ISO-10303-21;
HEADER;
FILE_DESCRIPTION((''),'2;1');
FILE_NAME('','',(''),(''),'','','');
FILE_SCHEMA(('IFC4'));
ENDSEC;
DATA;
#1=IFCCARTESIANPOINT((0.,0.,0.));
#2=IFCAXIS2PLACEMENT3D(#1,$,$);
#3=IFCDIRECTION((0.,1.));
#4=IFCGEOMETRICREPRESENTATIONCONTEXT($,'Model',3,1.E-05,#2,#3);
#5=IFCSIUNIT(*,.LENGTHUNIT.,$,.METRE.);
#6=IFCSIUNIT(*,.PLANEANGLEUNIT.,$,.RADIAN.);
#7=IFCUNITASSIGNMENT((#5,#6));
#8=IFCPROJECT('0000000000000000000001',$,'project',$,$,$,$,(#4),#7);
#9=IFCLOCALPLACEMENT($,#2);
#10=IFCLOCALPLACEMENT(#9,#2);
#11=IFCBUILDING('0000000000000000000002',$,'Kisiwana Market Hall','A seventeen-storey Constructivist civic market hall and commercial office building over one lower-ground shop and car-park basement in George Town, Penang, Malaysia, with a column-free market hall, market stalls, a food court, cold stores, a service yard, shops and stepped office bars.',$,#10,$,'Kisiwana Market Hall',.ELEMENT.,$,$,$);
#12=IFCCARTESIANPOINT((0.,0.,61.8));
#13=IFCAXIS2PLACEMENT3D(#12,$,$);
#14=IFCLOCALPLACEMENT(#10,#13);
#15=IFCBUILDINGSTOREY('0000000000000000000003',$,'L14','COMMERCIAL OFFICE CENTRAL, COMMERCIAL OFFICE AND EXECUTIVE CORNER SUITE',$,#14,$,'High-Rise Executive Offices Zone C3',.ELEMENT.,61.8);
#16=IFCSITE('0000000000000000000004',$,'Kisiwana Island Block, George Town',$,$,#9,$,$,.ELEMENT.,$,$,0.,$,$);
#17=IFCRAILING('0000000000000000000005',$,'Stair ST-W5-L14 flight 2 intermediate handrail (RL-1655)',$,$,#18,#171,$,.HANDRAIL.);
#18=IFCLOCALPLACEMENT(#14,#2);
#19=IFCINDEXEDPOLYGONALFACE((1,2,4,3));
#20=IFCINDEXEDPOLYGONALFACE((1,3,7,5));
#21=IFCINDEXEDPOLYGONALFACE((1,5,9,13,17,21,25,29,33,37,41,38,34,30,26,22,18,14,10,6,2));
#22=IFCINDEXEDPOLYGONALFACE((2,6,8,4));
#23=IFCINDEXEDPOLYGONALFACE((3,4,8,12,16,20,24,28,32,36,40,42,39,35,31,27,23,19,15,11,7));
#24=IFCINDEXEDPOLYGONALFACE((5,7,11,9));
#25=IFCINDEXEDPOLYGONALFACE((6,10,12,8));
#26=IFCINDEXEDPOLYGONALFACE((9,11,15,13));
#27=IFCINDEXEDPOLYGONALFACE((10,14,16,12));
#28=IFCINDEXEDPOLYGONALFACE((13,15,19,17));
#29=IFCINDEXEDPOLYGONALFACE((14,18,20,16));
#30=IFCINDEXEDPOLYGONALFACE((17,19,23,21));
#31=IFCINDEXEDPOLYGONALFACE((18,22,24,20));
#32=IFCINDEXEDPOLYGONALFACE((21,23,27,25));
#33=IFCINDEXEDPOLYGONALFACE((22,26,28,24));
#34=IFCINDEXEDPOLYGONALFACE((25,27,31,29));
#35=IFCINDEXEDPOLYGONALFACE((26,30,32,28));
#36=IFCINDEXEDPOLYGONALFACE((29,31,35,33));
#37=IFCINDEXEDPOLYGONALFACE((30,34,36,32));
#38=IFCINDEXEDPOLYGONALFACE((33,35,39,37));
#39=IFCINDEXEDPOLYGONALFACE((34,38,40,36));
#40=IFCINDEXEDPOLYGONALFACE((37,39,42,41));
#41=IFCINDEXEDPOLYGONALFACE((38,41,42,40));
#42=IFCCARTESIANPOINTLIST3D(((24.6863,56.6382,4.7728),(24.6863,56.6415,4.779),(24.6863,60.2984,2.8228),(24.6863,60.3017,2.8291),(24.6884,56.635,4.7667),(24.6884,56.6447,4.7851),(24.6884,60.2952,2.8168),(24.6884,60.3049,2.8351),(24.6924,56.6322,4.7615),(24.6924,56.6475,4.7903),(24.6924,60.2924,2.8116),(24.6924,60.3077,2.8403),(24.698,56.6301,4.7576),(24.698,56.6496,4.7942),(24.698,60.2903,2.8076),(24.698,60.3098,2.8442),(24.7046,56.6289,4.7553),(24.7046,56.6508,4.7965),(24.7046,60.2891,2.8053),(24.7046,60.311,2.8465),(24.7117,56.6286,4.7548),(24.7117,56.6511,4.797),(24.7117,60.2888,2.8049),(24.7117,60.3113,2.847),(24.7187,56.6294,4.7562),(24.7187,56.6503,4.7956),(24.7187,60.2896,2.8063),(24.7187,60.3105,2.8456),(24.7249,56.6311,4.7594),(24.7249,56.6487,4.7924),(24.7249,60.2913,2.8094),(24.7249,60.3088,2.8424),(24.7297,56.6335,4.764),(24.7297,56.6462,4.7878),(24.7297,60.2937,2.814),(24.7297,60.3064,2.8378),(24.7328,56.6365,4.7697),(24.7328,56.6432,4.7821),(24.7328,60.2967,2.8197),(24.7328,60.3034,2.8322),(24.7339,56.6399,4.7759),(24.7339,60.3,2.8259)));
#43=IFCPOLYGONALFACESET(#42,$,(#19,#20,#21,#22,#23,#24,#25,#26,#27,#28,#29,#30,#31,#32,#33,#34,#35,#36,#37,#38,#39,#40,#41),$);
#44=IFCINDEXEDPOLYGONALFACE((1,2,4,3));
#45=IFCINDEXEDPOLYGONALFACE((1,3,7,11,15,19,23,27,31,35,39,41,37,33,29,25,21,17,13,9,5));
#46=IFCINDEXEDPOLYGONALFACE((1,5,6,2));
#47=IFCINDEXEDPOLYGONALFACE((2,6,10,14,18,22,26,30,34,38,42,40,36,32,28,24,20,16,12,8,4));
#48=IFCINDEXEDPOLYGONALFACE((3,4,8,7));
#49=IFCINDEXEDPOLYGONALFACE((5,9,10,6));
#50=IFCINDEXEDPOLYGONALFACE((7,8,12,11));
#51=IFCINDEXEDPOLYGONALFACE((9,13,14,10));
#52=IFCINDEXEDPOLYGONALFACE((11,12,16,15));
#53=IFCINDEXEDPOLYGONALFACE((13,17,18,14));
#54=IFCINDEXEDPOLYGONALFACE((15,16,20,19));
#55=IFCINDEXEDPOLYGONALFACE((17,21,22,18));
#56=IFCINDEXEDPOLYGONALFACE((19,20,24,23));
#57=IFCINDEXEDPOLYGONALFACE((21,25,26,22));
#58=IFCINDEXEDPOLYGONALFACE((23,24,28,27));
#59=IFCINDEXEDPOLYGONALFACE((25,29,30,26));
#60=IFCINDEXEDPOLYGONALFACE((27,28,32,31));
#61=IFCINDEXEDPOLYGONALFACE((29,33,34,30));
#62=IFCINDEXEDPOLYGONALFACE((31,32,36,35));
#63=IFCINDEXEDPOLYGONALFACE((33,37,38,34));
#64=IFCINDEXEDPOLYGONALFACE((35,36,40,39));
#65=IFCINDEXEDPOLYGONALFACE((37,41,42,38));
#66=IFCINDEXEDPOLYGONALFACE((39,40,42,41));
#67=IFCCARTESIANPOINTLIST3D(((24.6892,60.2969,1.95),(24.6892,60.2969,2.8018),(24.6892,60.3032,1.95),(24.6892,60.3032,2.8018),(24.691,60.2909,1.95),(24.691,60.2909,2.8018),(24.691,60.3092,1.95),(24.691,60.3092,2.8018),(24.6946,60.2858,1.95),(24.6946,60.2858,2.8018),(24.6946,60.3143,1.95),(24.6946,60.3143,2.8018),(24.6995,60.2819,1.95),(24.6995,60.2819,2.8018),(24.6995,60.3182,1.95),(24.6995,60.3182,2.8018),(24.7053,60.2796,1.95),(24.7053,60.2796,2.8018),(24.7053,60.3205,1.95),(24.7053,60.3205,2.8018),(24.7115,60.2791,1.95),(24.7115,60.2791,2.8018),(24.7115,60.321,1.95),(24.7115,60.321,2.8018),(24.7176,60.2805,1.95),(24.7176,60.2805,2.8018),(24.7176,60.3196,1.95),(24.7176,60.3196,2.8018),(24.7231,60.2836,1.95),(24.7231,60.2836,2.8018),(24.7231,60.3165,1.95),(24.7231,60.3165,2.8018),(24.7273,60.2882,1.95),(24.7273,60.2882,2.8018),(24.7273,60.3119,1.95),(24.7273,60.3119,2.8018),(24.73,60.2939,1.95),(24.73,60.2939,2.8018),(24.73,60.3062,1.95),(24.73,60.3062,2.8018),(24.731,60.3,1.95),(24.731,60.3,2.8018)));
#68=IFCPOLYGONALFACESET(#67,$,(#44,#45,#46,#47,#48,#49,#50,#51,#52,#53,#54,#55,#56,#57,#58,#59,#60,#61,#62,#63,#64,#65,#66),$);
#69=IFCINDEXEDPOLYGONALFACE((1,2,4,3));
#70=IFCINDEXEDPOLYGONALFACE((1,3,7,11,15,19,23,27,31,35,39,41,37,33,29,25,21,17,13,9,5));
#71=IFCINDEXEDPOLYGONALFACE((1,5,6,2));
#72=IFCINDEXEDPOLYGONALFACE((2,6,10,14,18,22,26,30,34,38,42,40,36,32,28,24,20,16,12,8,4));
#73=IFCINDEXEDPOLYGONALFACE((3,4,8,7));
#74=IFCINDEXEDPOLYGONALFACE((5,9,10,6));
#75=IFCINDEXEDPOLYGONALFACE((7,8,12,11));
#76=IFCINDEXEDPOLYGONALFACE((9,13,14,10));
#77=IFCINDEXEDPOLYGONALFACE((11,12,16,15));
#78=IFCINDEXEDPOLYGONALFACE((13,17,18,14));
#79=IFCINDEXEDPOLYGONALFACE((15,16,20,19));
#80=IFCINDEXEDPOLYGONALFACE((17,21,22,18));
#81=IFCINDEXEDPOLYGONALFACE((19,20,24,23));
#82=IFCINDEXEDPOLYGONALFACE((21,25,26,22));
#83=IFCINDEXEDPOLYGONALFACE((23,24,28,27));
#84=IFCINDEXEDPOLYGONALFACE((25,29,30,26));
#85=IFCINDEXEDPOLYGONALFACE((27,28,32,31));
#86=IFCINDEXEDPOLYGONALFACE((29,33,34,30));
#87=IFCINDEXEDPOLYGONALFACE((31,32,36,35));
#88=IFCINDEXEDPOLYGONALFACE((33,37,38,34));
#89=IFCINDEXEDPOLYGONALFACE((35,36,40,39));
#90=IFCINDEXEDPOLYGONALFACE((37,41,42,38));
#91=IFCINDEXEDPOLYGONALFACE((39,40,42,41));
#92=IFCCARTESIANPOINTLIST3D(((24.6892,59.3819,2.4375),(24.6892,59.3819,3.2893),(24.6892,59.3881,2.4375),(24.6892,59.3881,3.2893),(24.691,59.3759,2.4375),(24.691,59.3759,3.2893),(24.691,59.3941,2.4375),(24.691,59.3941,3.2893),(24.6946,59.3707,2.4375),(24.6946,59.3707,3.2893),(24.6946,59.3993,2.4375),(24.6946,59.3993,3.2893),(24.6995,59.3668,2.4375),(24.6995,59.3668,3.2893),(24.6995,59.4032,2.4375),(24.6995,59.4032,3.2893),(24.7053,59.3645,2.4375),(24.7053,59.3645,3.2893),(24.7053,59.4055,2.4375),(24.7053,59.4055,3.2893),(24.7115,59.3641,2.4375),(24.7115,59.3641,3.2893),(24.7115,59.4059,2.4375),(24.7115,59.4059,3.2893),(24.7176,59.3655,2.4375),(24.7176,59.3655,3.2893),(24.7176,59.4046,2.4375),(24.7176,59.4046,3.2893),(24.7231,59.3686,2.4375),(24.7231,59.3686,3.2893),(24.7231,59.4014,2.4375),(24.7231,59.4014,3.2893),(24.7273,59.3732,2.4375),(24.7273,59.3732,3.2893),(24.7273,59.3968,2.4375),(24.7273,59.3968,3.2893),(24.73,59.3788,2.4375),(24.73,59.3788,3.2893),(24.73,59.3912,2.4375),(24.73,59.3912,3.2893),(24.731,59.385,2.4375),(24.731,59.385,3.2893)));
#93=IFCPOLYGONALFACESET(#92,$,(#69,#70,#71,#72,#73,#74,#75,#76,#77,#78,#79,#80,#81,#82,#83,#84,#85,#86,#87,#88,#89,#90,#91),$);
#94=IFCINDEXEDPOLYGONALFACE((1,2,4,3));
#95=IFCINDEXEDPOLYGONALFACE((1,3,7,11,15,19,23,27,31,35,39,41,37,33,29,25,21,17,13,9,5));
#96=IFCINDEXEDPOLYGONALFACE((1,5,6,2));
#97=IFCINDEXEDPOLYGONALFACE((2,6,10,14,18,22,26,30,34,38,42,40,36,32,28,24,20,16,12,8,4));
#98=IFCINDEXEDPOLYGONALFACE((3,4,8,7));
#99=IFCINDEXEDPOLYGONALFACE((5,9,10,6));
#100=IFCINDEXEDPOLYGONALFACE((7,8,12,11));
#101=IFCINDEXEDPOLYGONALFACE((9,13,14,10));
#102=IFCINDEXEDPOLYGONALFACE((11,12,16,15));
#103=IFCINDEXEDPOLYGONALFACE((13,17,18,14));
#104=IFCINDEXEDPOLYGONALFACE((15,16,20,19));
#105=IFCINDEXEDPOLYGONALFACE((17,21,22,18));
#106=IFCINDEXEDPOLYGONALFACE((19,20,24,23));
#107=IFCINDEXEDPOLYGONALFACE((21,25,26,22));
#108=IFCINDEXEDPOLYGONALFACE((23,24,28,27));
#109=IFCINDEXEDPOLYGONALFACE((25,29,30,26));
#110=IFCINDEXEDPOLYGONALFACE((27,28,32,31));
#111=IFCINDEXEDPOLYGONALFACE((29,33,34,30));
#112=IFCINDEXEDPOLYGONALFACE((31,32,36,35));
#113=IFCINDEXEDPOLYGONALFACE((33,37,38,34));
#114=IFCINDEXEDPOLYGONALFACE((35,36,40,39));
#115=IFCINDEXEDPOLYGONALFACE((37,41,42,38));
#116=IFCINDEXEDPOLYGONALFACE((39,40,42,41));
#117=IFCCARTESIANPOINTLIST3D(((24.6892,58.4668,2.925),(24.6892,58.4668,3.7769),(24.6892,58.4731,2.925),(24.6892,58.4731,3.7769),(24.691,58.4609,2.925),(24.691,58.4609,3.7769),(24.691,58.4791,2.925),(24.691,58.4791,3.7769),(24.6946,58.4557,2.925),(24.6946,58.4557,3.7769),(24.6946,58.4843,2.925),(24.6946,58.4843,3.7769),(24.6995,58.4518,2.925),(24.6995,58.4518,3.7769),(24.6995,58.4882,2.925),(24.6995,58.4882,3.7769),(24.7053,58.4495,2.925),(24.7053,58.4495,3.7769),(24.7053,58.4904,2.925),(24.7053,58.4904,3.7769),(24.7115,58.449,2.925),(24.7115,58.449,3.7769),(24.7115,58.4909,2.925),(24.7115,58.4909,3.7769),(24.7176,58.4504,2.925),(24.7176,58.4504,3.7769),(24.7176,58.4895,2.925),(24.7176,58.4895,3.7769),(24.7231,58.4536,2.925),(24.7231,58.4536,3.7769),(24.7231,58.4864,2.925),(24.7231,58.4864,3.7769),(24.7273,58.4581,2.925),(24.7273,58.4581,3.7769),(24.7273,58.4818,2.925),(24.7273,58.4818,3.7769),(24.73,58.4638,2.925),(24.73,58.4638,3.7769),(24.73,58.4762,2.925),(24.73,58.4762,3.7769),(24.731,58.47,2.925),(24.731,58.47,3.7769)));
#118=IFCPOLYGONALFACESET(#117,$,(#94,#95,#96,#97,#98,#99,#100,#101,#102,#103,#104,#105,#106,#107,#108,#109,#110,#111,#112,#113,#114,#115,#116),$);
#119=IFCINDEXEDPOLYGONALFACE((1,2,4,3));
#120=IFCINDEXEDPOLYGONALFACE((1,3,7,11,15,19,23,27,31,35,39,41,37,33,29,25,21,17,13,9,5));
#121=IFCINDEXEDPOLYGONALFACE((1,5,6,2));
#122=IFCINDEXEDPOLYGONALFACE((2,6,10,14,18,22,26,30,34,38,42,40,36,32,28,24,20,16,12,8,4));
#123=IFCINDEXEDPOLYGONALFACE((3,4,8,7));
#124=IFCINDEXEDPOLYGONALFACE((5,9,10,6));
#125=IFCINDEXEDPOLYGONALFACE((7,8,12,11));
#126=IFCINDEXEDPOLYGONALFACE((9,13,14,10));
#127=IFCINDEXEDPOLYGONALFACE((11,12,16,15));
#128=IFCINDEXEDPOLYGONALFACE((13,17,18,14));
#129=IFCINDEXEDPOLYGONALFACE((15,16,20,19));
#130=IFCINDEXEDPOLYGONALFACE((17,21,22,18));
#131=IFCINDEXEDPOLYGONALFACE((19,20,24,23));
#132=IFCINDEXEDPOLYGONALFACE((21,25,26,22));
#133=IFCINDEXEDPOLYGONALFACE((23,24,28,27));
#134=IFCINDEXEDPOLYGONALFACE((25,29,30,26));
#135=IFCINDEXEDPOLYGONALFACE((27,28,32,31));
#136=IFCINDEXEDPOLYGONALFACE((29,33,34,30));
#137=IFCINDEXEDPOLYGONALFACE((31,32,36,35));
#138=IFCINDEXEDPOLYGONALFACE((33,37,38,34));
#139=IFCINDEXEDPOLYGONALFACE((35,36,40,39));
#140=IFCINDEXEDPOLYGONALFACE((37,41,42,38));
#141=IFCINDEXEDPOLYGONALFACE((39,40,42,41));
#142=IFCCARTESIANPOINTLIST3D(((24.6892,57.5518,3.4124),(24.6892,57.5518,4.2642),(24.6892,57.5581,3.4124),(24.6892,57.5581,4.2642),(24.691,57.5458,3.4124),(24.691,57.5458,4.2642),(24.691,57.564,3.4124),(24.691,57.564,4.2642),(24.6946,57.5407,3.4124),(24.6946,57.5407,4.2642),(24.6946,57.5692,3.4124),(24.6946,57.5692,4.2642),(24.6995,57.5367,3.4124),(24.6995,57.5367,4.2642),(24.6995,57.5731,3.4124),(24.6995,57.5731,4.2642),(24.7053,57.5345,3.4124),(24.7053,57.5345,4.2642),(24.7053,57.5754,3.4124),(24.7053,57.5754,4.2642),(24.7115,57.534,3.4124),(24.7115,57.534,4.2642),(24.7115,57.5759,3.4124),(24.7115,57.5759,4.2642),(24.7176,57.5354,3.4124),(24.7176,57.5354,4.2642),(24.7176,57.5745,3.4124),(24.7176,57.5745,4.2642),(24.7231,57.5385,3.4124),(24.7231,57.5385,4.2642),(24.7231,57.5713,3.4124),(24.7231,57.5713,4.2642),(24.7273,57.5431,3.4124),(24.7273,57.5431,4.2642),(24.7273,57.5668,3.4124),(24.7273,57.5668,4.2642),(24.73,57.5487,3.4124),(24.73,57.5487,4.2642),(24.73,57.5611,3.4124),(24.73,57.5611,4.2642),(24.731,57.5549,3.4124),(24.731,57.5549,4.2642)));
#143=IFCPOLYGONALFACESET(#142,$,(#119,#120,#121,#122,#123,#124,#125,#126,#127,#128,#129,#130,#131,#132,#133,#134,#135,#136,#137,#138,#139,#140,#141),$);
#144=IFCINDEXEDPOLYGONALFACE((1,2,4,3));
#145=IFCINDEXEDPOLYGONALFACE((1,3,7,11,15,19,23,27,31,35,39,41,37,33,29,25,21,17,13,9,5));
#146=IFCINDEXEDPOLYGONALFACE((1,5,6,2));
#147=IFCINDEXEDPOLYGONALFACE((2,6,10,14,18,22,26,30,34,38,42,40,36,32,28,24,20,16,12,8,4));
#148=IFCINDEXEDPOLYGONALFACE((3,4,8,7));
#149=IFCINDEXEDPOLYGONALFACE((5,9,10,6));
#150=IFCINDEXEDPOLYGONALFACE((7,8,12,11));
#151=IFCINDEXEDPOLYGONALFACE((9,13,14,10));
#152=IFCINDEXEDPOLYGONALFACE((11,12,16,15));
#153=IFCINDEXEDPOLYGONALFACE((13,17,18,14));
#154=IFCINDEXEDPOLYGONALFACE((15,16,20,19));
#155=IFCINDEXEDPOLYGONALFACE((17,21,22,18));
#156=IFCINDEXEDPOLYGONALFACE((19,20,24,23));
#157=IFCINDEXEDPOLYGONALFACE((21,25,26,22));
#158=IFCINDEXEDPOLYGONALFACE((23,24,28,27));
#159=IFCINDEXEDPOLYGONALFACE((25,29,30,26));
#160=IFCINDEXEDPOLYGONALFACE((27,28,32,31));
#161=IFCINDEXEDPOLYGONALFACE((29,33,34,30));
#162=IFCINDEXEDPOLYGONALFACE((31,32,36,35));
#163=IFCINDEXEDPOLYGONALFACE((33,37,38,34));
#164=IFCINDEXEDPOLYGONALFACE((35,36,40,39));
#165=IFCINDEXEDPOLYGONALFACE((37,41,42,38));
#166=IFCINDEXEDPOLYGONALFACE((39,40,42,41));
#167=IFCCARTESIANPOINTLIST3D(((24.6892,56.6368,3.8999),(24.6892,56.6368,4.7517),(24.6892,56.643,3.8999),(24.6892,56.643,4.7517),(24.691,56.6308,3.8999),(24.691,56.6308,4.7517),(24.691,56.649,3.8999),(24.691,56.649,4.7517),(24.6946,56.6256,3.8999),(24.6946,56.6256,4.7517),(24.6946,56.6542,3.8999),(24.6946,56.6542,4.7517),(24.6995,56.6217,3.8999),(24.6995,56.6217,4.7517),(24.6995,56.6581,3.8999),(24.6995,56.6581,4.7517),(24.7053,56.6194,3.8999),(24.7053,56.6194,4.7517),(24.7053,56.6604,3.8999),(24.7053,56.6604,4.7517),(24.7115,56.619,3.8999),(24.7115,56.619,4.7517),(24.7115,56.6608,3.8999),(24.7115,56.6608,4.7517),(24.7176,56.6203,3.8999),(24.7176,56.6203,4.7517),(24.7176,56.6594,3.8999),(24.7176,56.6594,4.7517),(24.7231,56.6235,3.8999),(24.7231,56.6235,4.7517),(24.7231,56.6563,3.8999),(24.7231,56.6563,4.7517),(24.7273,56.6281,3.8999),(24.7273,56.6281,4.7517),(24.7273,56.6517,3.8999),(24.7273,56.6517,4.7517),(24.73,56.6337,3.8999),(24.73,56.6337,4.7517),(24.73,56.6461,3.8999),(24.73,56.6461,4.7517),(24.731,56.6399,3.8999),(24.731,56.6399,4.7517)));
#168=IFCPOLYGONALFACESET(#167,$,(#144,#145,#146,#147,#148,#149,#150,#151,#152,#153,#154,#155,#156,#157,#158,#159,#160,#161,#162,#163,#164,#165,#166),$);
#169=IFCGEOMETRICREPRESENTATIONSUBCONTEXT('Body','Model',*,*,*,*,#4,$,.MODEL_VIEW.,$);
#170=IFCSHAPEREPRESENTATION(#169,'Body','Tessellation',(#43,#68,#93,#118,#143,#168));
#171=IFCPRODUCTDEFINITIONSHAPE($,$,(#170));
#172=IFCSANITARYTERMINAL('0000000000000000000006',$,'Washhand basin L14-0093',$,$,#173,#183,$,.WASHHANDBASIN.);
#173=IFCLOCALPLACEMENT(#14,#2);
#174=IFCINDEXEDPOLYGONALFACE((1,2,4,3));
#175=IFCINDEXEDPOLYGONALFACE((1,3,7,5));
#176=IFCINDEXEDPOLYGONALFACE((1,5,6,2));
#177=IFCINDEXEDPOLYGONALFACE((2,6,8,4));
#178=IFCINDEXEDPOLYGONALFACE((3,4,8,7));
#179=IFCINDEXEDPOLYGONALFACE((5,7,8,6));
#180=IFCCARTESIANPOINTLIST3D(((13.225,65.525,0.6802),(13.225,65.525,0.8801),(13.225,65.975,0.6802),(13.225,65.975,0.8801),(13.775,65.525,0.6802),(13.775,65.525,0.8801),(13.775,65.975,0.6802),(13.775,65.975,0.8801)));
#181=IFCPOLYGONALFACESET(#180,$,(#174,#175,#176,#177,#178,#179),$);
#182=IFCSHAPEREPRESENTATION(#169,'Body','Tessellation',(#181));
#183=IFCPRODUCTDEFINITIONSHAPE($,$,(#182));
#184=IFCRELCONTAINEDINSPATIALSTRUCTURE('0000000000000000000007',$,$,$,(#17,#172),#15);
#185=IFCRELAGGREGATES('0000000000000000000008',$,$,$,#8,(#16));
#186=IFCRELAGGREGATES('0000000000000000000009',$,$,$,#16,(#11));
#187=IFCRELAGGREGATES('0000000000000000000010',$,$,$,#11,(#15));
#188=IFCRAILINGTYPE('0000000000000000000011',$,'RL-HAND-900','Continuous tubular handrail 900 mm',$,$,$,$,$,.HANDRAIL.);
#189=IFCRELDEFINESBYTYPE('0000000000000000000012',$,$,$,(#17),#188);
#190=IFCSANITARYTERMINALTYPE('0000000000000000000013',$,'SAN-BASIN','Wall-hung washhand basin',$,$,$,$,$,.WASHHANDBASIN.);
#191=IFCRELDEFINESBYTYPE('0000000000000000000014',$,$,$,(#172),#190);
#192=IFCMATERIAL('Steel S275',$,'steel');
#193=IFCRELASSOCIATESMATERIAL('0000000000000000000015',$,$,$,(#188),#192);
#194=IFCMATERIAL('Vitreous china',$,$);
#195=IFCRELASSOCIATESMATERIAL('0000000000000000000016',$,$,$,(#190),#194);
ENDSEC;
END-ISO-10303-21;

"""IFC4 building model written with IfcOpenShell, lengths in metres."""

from ifc_helpers import new_model, si_unit, direction, frame, origin, origin_2d, place, context, subcontext, project, spatial, rectangle, circle, extrude, material, type_object, element, save


model = new_model("IFC4")

# Units and contexts
model_context = context("Model", 3, precision=1e-05, world=origin(), true_north=direction((0.0, 1.0)))
body_context = subcontext(model_context, "Body", "Model", "MODEL_VIEW")
ifc_project = project(units=[si_unit("LENGTHUNIT", "METRE"), si_unit("PLANEANGLEUNIT", "RADIAN")], contexts=[model_context])

# Site, building, storey
site_placement = place(None, origin())
site = spatial("IfcSite", under=ifc_project, at=site_placement, Name="Kisiwana Island Block, George Town", CompositionType="ELEMENT", RefElevation=0.0)
building_placement = place(site_placement, origin())
building = spatial("IfcBuilding", under=site, at=building_placement, Name="Kisiwana Market Hall", Description="A seventeen-storey Constructivist civic market hall and commercial office building over one lower-ground shop and car-park basement in George Town, Penang, Malaysia, with a column-free market hall, market stalls, a food court, cold stores, a service yard, shops and stepped office bars.", LongName="Kisiwana Market Hall", CompositionType="ELEMENT")
storey_placement = place(building_placement, frame((0.0, 0.0, 61.8)))
storey = spatial("IfcBuildingStorey", under=building, at=storey_placement, Name="L14", Description="COMMERCIAL OFFICE CENTRAL, COMMERCIAL OFFICE AND EXECUTIVE CORNER SUITE", LongName="High-Rise Executive Offices Zone C3", CompositionType="ELEMENT", Elevation=61.8)

# Railing
ifc_material_1 = material(Name="Steel S275", Category="steel")
railing_type_1 = type_object("IfcRailingType", Name="RL-HAND-900", Description="Continuous tubular handrail 900 mm", PredefinedType="HANDRAIL", material=ifc_material_1)
railing_1_placement = place(storey_placement, frame((24.71, 60.3, 1.95)))
element("IfcRailing", 1, at=railing_1_placement, inside=storey, type_object=railing_type_1, Name="Stair ST-W5-L14 flight 2 intermediate handrail (RL-1655)", PredefinedType="HANDRAIL", context=body_context, shape_type="SweptSolid", body=[
    extrude(circle(Radius=0.0239, at=origin_2d()), frame((0.0, 0.0, 0.876), z_axis=(0.0, -0.882566, 0.470188), x_axis=(1.0, 0.0, 0.0)), (0.0, 0.0, 1.0), 4.1472),
    extrude(circle(Radius=0.021, at=origin_2d()), origin(), (0.0, 0.0, 1.0), 0.8518),
    extrude(circle(Radius=0.021, at=origin_2d()), frame((0.0, -0.915, 0.4875)), (0.0, 0.0, 1.0), 0.8518),
    extrude(circle(Radius=0.021, at=origin_2d()), frame((0.0, -1.8301, 0.9751)), (0.0, 0.0, 1.0), 0.8518),
    extrude(circle(Radius=0.021, at=origin_2d()), frame((0.0, -2.7451, 1.4624)), (0.0, 0.0, 1.0), 0.8518),
    extrude(circle(Radius=0.021, at=origin_2d()), frame((0.0, -3.6602, 1.95)), (0.0, 0.0, 1.0), 0.8518),
])

# Sanitary terminal
ifc_material_2 = material(Name="Vitreous china")
sanitary_terminal_type = type_object("IfcSanitaryTerminalType", Name="SAN-BASIN", Description="Wall-hung washhand basin", PredefinedType="WASHHANDBASIN", material=ifc_material_2)
sanitary_terminal_placement = place(storey_placement, frame((13.5, 65.75, 0.6802), z_axis=(0.0, 0.0, 1.0), x_axis=(1.0, 0.0, 0.0)))
element("IfcSanitaryTerminal", 2, at=sanitary_terminal_placement, inside=storey, type_object=sanitary_terminal_type, Name="Washhand basin L14-0093", PredefinedType="WASHHANDBASIN", context=body_context, shape_type="SweptSolid", body=[
    extrude(rectangle(XDim=0.55, YDim=0.45, at=origin_2d()), origin(), (0.0, 0.0, 1.0), 0.2),
])

save(model, "model.ifc")
